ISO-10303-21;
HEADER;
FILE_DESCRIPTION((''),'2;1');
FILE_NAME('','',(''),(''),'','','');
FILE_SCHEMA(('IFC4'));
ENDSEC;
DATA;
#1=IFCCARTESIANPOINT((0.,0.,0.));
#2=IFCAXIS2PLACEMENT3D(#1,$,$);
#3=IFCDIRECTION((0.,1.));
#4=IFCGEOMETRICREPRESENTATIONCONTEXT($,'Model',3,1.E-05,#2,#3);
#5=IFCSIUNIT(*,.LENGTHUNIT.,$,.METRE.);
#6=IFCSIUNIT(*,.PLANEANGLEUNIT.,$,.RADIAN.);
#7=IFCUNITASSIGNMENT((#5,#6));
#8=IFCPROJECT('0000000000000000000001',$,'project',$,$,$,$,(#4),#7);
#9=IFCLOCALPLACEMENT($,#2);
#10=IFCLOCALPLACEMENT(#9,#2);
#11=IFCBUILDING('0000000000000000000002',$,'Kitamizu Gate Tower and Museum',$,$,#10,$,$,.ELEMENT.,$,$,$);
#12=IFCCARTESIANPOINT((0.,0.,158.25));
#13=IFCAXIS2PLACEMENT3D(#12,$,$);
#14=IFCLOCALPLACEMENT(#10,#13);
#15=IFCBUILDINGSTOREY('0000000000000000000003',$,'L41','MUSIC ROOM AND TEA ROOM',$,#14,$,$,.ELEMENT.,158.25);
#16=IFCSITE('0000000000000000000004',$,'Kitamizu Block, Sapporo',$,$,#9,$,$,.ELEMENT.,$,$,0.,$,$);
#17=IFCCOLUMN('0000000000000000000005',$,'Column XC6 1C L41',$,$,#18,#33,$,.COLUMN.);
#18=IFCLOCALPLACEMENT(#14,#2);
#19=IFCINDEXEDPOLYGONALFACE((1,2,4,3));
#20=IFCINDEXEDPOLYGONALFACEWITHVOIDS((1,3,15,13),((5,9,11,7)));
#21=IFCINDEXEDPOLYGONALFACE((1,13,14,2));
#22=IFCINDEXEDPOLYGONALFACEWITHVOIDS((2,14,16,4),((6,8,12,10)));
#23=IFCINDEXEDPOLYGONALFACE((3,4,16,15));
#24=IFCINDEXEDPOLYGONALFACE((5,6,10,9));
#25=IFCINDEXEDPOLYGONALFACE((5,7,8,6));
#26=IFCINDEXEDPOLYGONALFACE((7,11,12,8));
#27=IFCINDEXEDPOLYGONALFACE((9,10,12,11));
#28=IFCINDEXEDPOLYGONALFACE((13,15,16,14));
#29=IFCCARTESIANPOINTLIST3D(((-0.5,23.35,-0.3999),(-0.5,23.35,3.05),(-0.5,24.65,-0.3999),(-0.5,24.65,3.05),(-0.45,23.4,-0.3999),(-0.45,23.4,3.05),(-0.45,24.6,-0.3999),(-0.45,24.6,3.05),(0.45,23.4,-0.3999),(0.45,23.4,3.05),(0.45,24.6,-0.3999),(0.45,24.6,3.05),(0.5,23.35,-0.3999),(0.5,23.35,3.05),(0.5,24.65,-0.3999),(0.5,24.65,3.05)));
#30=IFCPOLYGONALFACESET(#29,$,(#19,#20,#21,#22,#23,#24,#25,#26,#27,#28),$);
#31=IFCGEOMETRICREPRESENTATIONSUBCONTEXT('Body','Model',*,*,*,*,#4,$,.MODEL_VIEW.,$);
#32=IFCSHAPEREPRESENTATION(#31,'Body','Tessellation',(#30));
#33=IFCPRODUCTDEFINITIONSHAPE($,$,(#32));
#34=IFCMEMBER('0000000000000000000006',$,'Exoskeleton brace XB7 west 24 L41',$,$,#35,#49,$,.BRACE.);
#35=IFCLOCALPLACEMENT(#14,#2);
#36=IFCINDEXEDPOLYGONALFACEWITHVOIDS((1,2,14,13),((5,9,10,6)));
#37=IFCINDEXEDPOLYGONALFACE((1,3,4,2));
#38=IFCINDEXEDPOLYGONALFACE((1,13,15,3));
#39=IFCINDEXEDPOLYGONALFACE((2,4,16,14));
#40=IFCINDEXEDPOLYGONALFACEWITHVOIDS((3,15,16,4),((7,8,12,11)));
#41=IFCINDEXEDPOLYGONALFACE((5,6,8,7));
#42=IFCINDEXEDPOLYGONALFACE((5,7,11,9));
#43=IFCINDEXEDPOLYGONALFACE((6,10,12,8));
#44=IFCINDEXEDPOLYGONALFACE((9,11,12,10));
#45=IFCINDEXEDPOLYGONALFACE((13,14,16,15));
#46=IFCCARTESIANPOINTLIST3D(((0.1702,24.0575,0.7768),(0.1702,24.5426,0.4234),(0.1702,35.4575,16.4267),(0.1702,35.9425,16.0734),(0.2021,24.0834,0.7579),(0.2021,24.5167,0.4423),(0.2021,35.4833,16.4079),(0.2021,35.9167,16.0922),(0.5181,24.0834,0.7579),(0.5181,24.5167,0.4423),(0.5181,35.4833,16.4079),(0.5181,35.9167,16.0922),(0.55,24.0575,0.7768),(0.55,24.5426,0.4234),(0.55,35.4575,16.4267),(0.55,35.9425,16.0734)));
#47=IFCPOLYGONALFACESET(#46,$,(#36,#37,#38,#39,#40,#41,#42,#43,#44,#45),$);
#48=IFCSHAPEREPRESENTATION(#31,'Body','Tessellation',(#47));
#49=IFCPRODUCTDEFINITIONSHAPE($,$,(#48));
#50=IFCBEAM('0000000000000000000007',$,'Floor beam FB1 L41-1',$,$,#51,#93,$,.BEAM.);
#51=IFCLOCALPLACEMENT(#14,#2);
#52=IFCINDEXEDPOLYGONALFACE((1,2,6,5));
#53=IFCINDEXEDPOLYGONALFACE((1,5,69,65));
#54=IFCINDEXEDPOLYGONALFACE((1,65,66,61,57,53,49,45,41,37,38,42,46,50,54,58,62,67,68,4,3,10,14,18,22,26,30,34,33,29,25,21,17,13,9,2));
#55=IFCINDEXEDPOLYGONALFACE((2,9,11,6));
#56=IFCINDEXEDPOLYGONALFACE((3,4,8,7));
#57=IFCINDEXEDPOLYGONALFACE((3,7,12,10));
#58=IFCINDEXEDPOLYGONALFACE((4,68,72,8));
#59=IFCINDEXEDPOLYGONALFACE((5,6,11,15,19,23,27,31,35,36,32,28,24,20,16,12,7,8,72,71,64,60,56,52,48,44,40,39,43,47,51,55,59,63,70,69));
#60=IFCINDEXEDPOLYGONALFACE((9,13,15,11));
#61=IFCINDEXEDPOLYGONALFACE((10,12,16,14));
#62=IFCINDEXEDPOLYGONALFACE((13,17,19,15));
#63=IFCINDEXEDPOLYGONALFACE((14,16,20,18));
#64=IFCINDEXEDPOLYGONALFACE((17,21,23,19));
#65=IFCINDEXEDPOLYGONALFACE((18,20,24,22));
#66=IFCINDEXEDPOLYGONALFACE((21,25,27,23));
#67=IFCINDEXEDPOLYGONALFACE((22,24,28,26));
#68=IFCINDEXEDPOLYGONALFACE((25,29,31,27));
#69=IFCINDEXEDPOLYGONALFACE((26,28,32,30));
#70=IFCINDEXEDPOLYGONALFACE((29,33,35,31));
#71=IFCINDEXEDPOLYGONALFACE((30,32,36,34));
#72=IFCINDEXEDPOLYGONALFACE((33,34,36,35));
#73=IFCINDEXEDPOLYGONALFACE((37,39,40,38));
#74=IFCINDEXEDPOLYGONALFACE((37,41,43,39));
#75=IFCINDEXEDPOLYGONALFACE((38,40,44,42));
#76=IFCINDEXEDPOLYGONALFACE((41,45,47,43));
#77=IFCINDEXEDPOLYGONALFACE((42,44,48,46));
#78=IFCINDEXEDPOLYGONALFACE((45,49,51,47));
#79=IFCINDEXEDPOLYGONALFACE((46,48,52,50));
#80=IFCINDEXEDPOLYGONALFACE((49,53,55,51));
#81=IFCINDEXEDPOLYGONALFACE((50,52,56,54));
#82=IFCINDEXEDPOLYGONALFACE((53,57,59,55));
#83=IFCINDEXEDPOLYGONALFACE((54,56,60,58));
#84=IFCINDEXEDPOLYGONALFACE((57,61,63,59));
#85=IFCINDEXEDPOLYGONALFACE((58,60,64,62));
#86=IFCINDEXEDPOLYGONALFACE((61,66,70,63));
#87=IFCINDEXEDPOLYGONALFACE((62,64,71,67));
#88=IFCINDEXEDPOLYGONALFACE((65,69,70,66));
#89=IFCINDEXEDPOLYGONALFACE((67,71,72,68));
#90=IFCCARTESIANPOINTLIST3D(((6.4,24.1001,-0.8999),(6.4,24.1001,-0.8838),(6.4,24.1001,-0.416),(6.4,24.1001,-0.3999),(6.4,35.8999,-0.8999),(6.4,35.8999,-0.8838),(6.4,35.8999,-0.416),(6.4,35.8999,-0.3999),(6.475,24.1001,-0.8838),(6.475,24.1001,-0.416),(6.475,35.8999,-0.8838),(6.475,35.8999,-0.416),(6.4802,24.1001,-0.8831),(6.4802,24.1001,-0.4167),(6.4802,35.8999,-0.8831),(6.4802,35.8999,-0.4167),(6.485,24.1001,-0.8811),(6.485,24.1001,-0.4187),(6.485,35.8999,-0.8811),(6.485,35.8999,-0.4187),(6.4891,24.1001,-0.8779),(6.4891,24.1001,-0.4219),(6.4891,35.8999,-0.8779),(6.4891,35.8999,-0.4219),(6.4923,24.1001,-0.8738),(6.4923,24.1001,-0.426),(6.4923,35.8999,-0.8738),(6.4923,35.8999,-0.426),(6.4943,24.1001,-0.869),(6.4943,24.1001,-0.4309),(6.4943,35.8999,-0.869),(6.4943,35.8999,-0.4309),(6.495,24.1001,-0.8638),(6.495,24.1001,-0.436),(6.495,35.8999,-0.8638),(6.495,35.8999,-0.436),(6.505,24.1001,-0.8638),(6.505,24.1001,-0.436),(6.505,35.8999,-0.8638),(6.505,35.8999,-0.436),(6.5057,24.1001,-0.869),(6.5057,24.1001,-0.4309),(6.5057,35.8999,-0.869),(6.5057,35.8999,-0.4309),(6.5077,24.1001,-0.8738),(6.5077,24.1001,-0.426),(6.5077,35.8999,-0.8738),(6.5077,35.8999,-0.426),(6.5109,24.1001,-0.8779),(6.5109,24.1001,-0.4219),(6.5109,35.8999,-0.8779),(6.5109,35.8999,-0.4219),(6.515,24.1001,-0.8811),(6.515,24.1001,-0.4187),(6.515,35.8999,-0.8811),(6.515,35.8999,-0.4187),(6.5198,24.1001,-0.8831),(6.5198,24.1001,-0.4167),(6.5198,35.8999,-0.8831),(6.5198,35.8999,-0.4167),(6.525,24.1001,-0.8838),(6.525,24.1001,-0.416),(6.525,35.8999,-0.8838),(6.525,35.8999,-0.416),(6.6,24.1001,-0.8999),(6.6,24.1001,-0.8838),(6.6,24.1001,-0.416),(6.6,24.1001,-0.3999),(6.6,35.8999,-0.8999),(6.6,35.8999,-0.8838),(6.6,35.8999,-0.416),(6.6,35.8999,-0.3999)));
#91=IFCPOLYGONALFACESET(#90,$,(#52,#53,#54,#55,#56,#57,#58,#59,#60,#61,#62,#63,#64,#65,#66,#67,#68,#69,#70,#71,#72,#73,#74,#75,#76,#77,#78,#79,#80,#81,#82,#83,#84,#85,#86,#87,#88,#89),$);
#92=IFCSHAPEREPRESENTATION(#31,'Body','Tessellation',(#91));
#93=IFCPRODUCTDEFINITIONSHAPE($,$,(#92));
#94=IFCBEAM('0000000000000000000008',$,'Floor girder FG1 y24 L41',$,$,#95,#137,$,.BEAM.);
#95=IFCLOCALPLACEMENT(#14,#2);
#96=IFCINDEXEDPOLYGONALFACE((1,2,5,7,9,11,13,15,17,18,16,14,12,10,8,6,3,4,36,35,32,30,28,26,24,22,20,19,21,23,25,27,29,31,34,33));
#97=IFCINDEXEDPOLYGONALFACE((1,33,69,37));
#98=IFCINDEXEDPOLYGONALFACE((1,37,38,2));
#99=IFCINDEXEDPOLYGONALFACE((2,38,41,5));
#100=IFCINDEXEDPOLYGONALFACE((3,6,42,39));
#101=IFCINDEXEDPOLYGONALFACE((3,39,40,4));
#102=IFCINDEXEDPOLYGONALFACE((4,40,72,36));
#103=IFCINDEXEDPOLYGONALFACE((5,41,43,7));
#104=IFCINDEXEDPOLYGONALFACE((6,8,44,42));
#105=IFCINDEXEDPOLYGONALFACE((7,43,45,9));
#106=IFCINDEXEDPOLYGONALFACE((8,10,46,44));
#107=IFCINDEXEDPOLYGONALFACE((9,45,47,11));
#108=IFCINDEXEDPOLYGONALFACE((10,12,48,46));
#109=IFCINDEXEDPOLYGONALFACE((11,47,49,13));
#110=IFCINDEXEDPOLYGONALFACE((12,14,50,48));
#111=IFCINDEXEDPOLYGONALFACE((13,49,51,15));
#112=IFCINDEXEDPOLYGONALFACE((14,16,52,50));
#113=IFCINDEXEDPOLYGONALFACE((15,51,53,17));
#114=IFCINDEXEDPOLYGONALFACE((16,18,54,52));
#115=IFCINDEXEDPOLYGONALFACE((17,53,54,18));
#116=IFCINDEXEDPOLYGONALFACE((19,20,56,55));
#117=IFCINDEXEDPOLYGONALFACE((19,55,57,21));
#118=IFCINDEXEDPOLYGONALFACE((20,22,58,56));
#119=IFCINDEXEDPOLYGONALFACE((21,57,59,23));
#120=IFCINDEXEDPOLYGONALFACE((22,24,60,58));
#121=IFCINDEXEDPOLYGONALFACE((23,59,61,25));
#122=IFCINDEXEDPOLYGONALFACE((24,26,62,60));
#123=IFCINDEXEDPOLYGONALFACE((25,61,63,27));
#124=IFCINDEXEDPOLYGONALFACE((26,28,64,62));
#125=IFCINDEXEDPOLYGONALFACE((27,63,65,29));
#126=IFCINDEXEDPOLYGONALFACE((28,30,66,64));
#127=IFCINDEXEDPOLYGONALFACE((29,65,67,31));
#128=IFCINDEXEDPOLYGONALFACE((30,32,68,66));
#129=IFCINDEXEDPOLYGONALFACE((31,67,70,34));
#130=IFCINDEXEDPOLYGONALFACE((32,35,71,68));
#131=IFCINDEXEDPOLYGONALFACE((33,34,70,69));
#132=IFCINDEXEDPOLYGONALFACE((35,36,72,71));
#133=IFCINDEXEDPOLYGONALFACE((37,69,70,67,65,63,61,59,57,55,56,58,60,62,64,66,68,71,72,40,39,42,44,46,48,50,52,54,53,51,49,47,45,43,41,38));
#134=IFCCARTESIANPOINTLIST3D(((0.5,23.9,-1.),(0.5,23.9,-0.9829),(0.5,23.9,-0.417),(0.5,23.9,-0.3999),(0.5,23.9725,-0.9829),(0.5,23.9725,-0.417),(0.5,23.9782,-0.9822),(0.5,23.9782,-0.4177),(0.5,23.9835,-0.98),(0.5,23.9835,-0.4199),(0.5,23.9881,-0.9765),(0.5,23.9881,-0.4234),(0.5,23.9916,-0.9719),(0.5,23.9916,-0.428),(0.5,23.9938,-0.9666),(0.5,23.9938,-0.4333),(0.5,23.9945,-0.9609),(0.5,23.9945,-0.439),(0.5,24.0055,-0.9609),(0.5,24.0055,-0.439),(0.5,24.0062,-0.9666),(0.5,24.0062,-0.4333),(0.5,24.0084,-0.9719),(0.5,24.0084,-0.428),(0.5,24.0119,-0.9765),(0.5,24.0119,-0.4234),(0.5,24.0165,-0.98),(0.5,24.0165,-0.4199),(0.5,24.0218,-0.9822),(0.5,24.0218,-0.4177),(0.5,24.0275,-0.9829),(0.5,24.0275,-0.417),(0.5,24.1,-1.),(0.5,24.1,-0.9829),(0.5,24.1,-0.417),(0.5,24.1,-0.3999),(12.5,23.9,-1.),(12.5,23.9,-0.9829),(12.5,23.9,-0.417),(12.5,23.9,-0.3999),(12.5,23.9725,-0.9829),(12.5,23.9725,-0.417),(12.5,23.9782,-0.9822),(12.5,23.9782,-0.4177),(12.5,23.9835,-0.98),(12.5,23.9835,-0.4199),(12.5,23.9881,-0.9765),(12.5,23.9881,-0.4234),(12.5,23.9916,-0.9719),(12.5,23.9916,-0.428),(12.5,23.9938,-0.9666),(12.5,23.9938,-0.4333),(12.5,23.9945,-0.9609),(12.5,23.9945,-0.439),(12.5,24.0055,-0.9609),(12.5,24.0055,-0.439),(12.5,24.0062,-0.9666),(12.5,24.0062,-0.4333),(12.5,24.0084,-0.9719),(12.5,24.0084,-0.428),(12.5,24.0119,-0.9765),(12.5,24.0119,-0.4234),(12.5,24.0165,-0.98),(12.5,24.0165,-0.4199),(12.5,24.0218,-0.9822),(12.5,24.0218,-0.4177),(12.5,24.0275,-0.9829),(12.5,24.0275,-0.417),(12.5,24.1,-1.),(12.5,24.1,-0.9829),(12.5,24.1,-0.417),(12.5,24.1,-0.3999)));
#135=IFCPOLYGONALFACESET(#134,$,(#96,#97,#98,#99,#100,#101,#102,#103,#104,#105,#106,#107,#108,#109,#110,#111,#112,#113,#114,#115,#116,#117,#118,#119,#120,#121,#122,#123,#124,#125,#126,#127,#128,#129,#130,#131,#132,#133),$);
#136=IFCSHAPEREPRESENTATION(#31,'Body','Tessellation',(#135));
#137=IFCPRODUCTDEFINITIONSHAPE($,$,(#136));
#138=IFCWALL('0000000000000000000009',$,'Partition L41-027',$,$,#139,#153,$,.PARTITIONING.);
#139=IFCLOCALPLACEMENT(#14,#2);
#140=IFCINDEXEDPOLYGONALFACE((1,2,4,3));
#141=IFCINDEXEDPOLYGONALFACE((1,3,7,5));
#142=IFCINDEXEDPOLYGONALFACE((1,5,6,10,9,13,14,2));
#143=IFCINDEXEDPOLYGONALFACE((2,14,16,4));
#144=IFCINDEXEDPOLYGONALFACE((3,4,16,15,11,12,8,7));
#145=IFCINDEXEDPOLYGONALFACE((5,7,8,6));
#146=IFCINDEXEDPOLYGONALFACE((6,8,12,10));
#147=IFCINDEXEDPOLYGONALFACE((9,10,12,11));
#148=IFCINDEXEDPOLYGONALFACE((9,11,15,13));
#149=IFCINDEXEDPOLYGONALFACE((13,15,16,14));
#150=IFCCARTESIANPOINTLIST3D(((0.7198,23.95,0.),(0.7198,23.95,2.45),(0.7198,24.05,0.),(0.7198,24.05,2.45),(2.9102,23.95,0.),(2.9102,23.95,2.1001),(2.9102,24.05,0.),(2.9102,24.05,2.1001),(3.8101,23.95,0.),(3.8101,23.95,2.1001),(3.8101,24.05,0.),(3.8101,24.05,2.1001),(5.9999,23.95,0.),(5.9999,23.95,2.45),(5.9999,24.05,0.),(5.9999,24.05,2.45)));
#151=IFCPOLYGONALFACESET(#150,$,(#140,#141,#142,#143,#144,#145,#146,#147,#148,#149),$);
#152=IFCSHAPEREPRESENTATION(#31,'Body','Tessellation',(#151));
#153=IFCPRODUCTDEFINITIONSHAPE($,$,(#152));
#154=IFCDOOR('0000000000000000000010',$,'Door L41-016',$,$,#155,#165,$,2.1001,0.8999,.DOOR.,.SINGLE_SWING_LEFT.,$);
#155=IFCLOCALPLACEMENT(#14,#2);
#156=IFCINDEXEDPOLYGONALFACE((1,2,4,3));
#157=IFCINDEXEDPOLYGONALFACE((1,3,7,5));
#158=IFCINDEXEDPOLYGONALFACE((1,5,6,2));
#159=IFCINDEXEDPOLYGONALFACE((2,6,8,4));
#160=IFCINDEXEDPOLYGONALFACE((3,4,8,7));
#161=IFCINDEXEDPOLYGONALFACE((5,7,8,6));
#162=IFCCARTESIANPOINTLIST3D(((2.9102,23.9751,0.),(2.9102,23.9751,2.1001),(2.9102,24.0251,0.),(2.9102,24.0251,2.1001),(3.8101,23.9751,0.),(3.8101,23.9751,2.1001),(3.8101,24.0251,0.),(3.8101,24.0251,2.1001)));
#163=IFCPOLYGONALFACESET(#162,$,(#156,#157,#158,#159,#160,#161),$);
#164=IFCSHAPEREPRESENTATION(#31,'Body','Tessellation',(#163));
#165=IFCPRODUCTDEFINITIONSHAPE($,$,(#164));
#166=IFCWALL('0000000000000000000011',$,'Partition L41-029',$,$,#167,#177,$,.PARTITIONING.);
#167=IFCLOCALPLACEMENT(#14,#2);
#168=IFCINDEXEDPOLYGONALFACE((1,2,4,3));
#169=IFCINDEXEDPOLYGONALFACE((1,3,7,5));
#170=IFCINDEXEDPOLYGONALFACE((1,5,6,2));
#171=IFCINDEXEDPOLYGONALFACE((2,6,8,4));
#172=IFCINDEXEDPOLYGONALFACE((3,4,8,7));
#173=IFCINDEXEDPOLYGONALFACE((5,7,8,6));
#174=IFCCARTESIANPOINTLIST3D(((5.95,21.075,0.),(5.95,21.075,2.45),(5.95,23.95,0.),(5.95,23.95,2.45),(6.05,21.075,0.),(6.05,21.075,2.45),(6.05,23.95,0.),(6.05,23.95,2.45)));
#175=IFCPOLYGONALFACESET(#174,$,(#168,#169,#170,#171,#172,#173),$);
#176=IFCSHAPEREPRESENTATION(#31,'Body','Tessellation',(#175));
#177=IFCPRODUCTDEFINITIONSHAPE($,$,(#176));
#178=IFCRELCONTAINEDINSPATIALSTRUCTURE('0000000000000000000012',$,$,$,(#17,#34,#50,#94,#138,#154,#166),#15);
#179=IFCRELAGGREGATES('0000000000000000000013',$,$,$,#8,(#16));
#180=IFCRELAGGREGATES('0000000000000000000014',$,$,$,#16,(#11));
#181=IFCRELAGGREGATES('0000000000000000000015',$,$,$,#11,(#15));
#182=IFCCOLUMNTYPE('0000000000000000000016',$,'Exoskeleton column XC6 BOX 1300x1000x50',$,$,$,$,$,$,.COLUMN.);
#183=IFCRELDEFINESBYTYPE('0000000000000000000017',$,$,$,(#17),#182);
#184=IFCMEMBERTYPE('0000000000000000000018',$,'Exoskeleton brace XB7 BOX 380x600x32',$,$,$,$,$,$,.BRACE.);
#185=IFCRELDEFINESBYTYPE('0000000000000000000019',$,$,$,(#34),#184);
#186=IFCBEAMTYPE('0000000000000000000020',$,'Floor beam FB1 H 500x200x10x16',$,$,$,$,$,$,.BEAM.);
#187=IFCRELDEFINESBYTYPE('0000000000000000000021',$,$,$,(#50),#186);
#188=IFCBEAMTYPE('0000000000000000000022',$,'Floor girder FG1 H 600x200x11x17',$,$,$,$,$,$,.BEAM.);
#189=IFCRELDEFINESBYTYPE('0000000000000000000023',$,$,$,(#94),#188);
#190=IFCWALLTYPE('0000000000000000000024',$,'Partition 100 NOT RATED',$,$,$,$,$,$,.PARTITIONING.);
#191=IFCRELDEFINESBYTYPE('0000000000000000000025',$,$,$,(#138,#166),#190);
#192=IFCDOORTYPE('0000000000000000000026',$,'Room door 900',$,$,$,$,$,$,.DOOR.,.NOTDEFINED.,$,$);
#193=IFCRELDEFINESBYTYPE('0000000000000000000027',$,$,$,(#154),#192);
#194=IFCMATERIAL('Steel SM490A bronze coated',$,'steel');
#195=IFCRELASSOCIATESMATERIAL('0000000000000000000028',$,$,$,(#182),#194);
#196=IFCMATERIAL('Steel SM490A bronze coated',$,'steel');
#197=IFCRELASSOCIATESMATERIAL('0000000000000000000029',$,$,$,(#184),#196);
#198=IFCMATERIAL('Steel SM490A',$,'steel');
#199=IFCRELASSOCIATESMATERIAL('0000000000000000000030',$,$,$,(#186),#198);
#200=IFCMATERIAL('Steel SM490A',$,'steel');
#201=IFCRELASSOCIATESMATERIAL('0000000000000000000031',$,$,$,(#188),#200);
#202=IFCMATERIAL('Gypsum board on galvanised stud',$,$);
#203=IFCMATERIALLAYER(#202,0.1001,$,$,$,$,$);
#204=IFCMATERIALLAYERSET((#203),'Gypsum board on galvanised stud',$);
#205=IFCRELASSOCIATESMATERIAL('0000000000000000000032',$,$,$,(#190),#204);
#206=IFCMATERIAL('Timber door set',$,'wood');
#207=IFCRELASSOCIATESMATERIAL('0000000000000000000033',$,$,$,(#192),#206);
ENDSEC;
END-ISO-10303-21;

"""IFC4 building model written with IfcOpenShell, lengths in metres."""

from ifc_helpers import new_model, si_unit, direction, frame, frame_2d, origin, origin_2d, place, context, subcontext, project, spatial, rectangle, hollow_rectangle, i_section, extrude, material, layer, layer_set, material_profile, profile_set, type_object, element, fill, save


model = new_model("IFC4")

# Units and contexts
model_context = context("Model", 3, precision=1e-05, world=origin(), true_north=direction((0.0, 1.0)))
body_context = subcontext(model_context, "Body", "Model", "MODEL_VIEW")
ifc_project = project(units=[si_unit("LENGTHUNIT", "METRE"), si_unit("PLANEANGLEUNIT", "RADIAN")], contexts=[model_context])

# Site, building, storey
site_placement = place(None, origin())
site = spatial("IfcSite", under=ifc_project, at=site_placement, Name="Kitamizu Block, Sapporo", CompositionType="ELEMENT", RefElevation=0.0)
building_placement = place(site_placement, origin())
building = spatial("IfcBuilding", under=site, at=building_placement, Name="Kitamizu Gate Tower and Museum", CompositionType="ELEMENT")
storey_placement = place(building_placement, frame((0.0, 0.0, 158.25)))
storey = spatial("IfcBuildingStorey", under=building, at=storey_placement, Name="L41", Description="MUSIC ROOM AND TEA ROOM", CompositionType="ELEMENT", Elevation=158.25)

# Column
ifc_material_1 = material(Name="Steel SM490A bronze coated", Category="steel")
ifc_material_profile_1 = material_profile(ifc_material_1, hollow_rectangle(XDim=1.3, YDim=1.0, WallThickness=0.05, at=origin_2d()), Name="BOX 1300x1000x50")
ifc_profile_set_1 = profile_set([ifc_material_profile_1], Name="Steel SM490A bronze coated")
column_type = type_object("IfcColumnType", Name="Exoskeleton column XC6 BOX 1300x1000x50", PredefinedType="COLUMN", material=ifc_profile_set_1)
column_placement = place(storey_placement, frame((0.0, 24.0, -0.3999), z_axis=(0.0, 0.0, 1.0), x_axis=(0.0, 1.0, 0.0)))
element("IfcColumn", 1, at=column_placement, inside=storey, type_object=column_type, Name="Column XC6 1C L41", PredefinedType="COLUMN", context=body_context, shape_type="SweptSolid", body=[
    extrude(hollow_rectangle(XDim=1.3, YDim=1.0, WallThickness=0.05, at=origin_2d()), origin(), (0.0, 0.0, 1.0), 3.45),
])

# Member
ifc_material_2 = material(Name="Steel SM490A bronze coated", Category="steel")
ifc_material_profile_2 = material_profile(ifc_material_2, hollow_rectangle(XDim=0.3799, YDim=0.6001, WallThickness=0.032, at=origin_2d()), Name="BOX 380x600x32")
ifc_profile_set_2 = profile_set([ifc_material_profile_2], Name="Steel SM490A bronze coated")
member_type = type_object("IfcMemberType", Name="Exoskeleton brace XB7 BOX 380x600x32", PredefinedType="BRACE", material=ifc_profile_set_2)
member_placement = place(storey_placement, frame((0.3601, 24.3, 0.6001), z_axis=(0.0, 0.588785, 0.80829), x_axis=(-1.0, 0.0, 0.0)))
element("IfcMember", 2, at=member_placement, inside=storey, type_object=member_type, Name="Exoskeleton brace XB7 west 24 L41", PredefinedType="BRACE", context=body_context, shape_type="SweptSolid", body=[
    extrude(hollow_rectangle(XDim=0.3799, YDim=0.6001, WallThickness=0.032, at=origin_2d()), origin(), (0.0, 0.0, 1.0), 19.3618),
])

# Beams
ifc_material_3 = material(Name="Steel SM490A", Category="steel")
ifc_material_profile_3 = material_profile(ifc_material_3, i_section(OverallWidth=0.2, OverallDepth=0.5, WebThickness=0.01, FlangeThickness=0.0161, FilletRadius=0.02, at=origin_2d()), Name="H-500x200x10x16")
ifc_profile_set_3 = profile_set([ifc_material_profile_3], Name="Steel SM490A")
beam_type_1 = type_object("IfcBeamType", Name="Floor beam FB1 H 500x200x10x16", PredefinedType="BEAM", material=ifc_profile_set_3)
beam_1_placement = place(storey_placement, frame((6.5, 24.1001, -0.6499), z_axis=(0.0, 1.0, 0.0), x_axis=(-1.0, 0.0, 0.0)))
element("IfcBeam", 3, at=beam_1_placement, inside=storey, type_object=beam_type_1, Name="Floor beam FB1 L41-1", PredefinedType="BEAM", context=body_context, shape_type="SweptSolid", body=[
    extrude(i_section(OverallWidth=0.2, OverallDepth=0.5, WebThickness=0.01, FlangeThickness=0.0161, FilletRadius=0.02, at=origin_2d()), origin(), (0.0, 0.0, 1.0), 11.7998),
])
ifc_material_4 = material(Name="Steel SM490A", Category="steel")
ifc_material_profile_4 = material_profile(ifc_material_4, i_section(OverallWidth=0.2, OverallDepth=0.6001, WebThickness=0.011, FlangeThickness=0.0171, FilletRadius=0.022, at=origin_2d()), Name="H-600x200x11x17")
ifc_profile_set_4 = profile_set([ifc_material_profile_4], Name="Steel SM490A")
beam_type_2 = type_object("IfcBeamType", Name="Floor girder FG1 H 600x200x11x17", PredefinedType="BEAM", material=ifc_profile_set_4)
beam_2_placement = place(storey_placement, frame((0.5, 24.0, -0.7), z_axis=(1.0, 0.0, 0.0), x_axis=(0.0, 1.0, 0.0)))
element("IfcBeam", 4, at=beam_2_placement, inside=storey, type_object=beam_type_2, Name="Floor girder FG1 y24 L41", PredefinedType="BEAM", context=body_context, shape_type="SweptSolid", body=[
    extrude(i_section(OverallWidth=0.2, OverallDepth=0.6001, WebThickness=0.011, FlangeThickness=0.0171, FilletRadius=0.022, at=origin_2d()), origin(), (0.0, 0.0, 1.0), 12.0),
])

# Wall, opening, door
ifc_material_5 = material(Name="Gypsum board on galvanised stud")
ifc_layer_1 = layer(ifc_material_5, 0.1001)
ifc_layer_set_1 = layer_set([ifc_layer_1], Name="Gypsum board on galvanised stud")
wall_type_1 = type_object("IfcWallType", Name="Partition 100 NOT RATED", PredefinedType="PARTITIONING", material=ifc_layer_set_1)
wall_1_placement = place(storey_placement, frame((6.0, 24.0, 0.0), z_axis=(0.0, 0.0, 1.0), x_axis=(-1.0, 0.0, 0.0)))
wall_1 = element("IfcWall", 5, at=wall_1_placement, inside=storey, type_object=wall_type_1, Name="Partition L41-027", PredefinedType="PARTITIONING", context=body_context, shape_type="SweptSolid", body=[
    extrude(rectangle(XDim=5.28, YDim=0.1001, at=frame_2d((2.6401, 0.0))), origin(), (0.0, 0.0, 1.0), 2.45),
])
opening_1_placement = place(wall_1_placement, frame((2.1899, 0.0, 0.0)))
opening_1 = element("IfcOpeningElement", 6, at=opening_1_placement, cuts=wall_1, PredefinedType="OPENING", context=body_context, shape_type="SweptSolid", body=[
    extrude(rectangle(XDim=0.8999, YDim=2.1001, at=frame_2d((0.45, 1.05))), frame((0.0, 0.0601, 0.0), z_axis=(0.0, -1.0, 0.0), x_axis=(1.0, 0.0, 0.0)), (0.0, 0.0, 1.0), 0.1201),
])
ifc_material_6 = material(Name="Timber door set", Category="wood")
door_type = type_object("IfcDoorType", Name="Room door 900", OperationType="NOTDEFINED", PredefinedType="DOOR", material=ifc_material_6)
door_1_placement = place(opening_1_placement, origin())
door_1 = element("IfcDoor", 7, at=door_1_placement, inside=storey, type_object=door_type, Name="Door L41-016", OperationType="SINGLE_SWING_LEFT", OverallHeight=2.1001, OverallWidth=0.8999, PredefinedType="DOOR", context=body_context, shape_type="SweptSolid", body=[
    extrude(rectangle(XDim=0.8999, YDim=2.1001, at=frame_2d((0.45, 1.05))), frame((0.0, 0.0249, 0.0), z_axis=(0.0, -1.0, 0.0), x_axis=(1.0, 0.0, 0.0)), (0.0, 0.0, 1.0), 0.05),
])
fill(opening_1, door_1)

# Wall
wall_2_placement = place(storey_placement, frame((6.0, 21.075, 0.0), z_axis=(0.0, 0.0, 1.0), x_axis=(0.0, 1.0, 0.0)))
element("IfcWall", 8, at=wall_2_placement, inside=storey, type_object=wall_type_1, Name="Partition L41-029", PredefinedType="PARTITIONING", context=body_context, shape_type="SweptSolid", body=[
    extrude(rectangle(XDim=2.875, YDim=0.1001, at=frame_2d((1.4375, 0.0))), origin(), (0.0, 0.0, 1.0), 2.45),
])

save(model, "model.ifc")
